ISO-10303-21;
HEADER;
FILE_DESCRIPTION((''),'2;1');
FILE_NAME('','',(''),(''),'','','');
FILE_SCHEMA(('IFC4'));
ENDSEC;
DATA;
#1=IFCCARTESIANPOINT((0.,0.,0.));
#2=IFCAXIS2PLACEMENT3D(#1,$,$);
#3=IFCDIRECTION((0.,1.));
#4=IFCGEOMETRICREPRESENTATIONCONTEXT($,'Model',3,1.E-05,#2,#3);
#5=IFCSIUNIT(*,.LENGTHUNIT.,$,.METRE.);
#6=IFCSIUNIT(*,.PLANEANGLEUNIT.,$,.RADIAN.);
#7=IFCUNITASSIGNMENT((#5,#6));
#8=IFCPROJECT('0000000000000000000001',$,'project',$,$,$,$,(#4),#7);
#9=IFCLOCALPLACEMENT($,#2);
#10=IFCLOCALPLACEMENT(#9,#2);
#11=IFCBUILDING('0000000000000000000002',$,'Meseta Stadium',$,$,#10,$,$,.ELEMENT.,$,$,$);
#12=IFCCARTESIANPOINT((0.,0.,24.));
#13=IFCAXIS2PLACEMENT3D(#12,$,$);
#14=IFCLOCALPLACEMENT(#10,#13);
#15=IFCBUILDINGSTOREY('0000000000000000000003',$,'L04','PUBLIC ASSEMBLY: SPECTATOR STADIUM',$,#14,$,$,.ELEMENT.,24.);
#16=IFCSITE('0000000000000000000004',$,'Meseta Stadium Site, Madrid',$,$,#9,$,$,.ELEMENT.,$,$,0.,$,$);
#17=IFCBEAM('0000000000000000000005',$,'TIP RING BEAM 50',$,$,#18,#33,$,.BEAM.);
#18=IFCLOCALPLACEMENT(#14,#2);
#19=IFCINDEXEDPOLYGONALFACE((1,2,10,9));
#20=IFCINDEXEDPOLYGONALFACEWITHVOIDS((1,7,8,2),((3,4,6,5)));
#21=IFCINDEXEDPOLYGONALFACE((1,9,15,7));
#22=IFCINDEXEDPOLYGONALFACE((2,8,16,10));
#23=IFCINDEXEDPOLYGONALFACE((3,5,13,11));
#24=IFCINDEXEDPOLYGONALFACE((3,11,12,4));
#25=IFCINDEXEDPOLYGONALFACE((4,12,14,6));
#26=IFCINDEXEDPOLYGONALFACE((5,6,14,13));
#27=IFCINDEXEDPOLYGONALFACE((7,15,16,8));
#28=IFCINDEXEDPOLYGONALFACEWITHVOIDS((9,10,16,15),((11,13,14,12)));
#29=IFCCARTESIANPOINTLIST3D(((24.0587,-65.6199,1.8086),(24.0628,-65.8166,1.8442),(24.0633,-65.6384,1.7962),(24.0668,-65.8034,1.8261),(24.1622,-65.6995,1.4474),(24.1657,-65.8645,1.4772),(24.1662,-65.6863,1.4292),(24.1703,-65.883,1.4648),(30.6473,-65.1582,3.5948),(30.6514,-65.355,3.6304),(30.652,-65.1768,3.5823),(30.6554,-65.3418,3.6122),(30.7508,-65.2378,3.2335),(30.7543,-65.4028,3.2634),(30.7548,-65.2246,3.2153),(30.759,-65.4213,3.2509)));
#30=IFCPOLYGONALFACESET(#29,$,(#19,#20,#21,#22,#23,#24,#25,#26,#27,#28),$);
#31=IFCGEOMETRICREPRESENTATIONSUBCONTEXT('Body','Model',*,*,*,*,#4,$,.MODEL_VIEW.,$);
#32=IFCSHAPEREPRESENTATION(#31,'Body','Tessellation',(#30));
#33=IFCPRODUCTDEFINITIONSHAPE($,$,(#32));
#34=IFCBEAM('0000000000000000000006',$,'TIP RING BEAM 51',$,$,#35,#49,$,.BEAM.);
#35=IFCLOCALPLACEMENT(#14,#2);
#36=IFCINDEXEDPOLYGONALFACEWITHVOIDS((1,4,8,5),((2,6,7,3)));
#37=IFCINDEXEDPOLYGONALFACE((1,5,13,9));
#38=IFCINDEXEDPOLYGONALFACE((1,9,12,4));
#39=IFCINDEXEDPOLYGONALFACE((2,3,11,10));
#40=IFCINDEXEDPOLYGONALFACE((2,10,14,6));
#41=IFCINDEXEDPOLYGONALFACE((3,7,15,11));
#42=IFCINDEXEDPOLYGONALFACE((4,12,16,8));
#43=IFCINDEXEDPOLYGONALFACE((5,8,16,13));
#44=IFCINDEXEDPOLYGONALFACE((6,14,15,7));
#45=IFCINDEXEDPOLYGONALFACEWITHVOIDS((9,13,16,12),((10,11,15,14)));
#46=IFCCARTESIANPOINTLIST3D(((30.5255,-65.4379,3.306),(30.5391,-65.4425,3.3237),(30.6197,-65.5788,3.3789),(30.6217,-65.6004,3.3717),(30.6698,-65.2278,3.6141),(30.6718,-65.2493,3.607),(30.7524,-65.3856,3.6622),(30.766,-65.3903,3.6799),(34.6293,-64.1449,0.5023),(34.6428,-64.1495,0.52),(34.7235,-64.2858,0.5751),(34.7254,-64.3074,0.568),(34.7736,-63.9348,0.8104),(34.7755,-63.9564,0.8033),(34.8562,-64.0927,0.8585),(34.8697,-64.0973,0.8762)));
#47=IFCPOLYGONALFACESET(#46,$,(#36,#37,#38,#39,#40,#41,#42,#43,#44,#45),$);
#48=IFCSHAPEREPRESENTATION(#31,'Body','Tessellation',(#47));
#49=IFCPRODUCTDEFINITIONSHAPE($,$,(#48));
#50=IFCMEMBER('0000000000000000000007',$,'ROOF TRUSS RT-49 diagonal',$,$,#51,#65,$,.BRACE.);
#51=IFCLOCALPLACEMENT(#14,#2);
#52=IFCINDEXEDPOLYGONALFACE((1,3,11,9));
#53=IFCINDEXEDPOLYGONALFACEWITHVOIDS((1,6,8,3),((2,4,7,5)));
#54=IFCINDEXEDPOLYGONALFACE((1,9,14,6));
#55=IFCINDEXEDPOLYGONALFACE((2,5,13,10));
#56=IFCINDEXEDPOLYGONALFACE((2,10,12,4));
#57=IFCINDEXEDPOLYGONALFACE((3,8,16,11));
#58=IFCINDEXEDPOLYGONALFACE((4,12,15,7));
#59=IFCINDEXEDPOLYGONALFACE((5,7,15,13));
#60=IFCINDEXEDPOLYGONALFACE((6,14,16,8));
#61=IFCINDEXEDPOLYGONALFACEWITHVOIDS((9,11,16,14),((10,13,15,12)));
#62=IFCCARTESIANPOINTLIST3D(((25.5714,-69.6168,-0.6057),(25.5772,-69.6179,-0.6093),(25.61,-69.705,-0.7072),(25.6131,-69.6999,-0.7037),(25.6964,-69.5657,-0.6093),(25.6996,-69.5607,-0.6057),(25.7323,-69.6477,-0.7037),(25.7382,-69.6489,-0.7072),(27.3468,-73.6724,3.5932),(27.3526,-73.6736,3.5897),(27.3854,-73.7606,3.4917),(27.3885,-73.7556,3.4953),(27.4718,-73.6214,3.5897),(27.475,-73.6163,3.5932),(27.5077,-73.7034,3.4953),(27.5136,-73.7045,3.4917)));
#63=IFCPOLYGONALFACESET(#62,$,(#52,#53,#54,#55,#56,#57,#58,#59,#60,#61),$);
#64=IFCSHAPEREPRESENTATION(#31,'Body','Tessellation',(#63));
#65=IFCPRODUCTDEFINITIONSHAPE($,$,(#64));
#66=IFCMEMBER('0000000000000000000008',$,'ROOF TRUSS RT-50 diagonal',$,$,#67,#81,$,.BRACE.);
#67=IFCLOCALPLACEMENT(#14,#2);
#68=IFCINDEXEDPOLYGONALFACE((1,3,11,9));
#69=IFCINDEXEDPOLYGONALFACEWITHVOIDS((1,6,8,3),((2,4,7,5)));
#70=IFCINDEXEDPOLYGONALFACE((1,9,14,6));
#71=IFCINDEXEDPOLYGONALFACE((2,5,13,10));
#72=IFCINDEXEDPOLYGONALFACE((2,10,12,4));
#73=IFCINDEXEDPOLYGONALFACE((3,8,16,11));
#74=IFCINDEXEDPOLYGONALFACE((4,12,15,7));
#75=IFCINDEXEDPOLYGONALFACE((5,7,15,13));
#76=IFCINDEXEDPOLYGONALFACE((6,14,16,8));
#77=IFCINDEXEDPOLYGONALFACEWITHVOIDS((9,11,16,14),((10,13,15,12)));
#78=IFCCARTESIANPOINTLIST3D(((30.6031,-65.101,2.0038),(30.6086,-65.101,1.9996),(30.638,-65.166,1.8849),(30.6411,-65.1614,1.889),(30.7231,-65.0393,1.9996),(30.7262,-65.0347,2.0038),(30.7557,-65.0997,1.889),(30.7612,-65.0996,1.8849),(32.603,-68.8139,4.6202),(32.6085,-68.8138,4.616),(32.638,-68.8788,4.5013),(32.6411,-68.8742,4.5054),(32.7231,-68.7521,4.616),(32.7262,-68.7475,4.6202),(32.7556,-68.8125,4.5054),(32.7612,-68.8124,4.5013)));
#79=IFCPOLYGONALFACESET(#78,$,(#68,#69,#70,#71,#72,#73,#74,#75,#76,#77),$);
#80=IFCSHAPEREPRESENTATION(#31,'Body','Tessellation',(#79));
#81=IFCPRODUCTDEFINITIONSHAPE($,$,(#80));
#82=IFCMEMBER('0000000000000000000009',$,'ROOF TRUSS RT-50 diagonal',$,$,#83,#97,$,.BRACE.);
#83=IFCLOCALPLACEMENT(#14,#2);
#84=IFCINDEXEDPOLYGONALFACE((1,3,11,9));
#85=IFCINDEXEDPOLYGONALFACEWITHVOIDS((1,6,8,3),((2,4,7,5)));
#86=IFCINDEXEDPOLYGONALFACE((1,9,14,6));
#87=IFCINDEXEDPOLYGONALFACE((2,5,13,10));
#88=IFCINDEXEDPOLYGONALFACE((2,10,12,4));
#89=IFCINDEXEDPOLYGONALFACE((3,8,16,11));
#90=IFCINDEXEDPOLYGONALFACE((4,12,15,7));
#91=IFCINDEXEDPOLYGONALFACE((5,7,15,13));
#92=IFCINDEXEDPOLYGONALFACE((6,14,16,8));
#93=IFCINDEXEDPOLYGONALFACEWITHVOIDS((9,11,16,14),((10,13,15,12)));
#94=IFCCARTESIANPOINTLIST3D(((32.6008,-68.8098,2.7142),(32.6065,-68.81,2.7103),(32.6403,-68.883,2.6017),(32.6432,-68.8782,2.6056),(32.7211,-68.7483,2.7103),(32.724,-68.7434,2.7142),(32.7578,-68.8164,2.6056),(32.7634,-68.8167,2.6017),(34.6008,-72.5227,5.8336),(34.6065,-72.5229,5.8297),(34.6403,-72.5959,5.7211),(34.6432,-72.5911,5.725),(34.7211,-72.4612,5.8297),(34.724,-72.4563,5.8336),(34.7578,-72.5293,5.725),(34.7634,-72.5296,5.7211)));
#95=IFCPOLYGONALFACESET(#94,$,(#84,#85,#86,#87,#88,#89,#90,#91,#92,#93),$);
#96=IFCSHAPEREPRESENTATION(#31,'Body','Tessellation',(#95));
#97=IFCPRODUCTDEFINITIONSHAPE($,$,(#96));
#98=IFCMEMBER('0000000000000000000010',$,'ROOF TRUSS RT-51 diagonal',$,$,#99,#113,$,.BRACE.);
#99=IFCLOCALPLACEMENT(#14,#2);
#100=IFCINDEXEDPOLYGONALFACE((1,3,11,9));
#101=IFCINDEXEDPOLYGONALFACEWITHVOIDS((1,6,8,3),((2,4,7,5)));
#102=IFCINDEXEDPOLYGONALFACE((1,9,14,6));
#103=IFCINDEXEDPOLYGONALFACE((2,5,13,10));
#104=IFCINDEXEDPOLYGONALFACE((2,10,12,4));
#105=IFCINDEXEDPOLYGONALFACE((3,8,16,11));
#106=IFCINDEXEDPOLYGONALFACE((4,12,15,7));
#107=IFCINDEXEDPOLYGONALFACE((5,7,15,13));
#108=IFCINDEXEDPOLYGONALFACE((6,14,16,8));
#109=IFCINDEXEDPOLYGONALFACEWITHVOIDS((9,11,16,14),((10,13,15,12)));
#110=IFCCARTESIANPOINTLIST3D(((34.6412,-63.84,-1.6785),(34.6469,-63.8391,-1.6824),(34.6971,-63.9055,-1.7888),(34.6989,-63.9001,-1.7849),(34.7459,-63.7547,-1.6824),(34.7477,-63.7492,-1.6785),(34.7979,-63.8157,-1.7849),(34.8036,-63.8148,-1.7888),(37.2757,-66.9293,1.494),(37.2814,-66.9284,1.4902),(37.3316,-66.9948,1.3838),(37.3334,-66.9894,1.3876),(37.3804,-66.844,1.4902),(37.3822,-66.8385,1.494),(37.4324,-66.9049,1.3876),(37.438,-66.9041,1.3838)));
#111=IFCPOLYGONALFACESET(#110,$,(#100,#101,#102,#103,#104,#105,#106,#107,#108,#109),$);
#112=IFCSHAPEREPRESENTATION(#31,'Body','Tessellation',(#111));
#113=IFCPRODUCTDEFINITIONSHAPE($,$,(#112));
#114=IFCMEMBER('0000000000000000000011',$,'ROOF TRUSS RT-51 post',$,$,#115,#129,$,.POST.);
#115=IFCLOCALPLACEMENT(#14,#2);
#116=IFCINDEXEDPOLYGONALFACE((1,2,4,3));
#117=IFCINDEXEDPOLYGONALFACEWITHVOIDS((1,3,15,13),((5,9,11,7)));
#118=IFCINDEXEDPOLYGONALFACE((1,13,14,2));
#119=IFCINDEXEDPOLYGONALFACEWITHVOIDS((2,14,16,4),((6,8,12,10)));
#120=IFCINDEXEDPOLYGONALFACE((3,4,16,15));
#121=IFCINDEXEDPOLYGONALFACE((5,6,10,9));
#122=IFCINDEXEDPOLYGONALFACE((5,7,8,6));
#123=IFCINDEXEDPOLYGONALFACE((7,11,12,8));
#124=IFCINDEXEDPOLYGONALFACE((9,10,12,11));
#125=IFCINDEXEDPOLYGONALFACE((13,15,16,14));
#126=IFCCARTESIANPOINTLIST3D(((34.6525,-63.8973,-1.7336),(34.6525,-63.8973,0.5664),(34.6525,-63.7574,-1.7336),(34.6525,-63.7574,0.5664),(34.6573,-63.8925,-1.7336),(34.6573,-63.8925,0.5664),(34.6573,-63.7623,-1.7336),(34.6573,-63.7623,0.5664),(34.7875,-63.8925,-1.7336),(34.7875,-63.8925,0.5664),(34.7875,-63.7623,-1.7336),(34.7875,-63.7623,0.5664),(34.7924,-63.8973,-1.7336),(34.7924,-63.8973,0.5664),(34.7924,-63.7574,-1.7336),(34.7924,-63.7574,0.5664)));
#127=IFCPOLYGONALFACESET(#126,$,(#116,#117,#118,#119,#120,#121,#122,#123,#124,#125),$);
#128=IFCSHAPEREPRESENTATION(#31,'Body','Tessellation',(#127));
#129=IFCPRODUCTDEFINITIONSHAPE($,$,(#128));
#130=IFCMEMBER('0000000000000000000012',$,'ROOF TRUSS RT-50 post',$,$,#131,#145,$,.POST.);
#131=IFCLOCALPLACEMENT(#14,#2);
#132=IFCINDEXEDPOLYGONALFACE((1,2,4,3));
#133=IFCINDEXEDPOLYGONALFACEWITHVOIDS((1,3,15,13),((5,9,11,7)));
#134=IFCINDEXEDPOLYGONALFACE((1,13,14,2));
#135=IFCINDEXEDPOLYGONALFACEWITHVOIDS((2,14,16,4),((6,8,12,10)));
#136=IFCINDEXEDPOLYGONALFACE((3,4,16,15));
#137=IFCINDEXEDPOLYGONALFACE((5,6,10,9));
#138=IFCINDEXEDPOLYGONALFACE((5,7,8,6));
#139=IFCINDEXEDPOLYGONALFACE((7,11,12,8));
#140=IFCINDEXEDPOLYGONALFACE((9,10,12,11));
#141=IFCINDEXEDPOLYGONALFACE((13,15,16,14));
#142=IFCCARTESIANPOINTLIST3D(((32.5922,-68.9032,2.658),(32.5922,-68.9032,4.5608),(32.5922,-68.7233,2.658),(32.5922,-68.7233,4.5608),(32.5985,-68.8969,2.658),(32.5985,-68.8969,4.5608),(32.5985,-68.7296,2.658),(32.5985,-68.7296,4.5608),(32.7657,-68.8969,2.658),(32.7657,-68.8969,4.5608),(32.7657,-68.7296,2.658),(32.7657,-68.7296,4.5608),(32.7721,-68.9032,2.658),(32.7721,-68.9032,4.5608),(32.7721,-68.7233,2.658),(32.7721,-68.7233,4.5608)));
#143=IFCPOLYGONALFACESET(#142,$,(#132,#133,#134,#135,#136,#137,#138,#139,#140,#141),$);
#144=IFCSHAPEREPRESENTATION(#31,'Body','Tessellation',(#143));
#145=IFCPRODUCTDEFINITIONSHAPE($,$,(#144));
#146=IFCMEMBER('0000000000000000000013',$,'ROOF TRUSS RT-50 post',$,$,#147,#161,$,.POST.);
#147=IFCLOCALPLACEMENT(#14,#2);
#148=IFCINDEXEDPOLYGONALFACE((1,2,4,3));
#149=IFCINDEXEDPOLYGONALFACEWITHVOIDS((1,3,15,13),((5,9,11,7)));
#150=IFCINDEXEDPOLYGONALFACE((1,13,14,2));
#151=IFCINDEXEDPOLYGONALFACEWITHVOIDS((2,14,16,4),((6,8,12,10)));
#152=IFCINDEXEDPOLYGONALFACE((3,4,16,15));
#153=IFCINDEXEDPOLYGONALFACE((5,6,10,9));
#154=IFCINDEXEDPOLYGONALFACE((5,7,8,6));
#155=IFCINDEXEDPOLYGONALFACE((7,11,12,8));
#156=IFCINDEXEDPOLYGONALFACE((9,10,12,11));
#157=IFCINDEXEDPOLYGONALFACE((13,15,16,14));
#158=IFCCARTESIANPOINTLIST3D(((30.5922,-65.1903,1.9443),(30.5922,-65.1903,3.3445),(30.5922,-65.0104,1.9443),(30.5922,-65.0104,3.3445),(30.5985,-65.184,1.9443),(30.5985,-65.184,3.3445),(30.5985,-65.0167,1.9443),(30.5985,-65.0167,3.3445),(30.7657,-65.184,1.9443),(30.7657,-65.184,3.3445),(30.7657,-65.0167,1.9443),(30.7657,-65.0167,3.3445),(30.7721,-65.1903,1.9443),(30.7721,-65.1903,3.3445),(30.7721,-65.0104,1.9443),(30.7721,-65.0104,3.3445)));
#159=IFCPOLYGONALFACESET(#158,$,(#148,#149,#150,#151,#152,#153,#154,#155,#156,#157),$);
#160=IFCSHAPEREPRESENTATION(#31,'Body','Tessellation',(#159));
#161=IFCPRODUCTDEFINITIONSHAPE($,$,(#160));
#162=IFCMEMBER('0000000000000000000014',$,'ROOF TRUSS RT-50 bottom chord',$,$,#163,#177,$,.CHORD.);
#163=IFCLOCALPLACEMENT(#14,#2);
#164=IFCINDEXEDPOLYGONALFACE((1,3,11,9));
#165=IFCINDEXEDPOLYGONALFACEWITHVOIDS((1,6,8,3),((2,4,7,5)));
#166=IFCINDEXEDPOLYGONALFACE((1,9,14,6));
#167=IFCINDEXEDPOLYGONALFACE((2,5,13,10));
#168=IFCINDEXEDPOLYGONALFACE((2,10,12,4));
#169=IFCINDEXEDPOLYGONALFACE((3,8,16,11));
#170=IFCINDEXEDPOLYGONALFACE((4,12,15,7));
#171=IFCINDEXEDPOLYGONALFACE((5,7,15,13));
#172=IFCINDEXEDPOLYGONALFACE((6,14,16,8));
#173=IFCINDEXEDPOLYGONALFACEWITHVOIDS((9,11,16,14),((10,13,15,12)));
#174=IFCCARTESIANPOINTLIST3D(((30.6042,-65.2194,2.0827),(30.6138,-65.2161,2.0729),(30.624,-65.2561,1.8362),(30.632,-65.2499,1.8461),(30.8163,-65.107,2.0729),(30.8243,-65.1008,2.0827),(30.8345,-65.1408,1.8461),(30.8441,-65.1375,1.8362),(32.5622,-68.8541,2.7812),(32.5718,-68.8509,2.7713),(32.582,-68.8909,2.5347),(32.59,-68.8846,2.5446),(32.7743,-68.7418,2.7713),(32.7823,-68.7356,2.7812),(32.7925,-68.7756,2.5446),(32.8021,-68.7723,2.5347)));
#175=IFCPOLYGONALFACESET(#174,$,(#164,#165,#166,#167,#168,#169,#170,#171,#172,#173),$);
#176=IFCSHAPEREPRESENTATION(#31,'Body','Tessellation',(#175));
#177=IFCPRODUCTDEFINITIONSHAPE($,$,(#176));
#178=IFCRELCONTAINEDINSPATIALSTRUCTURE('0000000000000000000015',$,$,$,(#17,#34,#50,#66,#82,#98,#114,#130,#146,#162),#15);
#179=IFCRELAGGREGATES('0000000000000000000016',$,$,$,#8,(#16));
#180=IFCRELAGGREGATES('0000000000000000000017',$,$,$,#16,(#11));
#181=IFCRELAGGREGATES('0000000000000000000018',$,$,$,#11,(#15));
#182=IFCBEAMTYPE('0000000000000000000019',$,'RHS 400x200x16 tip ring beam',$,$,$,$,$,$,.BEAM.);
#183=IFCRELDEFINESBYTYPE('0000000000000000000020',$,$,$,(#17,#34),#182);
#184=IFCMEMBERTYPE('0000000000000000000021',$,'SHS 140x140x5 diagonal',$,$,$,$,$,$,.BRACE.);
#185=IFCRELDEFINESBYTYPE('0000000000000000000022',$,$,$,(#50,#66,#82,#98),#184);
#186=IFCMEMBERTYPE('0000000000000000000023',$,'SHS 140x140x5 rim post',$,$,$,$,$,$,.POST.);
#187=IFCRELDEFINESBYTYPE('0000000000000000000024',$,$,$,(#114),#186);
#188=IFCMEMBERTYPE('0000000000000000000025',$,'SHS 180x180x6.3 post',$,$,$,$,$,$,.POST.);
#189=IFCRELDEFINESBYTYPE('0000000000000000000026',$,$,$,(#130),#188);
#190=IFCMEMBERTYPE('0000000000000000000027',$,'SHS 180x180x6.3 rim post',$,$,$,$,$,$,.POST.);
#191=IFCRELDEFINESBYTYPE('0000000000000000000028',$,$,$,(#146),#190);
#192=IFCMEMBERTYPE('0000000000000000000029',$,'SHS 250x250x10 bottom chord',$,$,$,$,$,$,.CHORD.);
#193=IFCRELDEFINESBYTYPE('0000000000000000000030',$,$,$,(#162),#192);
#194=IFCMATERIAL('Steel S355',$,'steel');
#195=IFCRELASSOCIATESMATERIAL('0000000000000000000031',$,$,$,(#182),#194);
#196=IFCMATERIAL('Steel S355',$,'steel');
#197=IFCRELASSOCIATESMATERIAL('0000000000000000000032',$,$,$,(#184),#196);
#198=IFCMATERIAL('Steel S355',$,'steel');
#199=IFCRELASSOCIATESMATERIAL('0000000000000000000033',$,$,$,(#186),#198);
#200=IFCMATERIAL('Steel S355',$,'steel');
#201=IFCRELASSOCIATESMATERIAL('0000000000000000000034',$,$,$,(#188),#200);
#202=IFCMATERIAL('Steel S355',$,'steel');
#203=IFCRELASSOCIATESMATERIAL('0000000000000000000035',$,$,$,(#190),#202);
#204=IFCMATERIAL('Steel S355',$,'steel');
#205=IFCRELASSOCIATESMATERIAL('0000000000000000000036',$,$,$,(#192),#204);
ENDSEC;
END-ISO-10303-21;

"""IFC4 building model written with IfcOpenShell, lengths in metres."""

from ifc_helpers import new_model, si_unit, direction, frame, origin, origin_2d, place, context, subcontext, project, spatial, hollow_rectangle, extrude, material, material_profile, profile_set, type_object, element, save


model = new_model("IFC4")

# Units and contexts
model_context = context("Model", 3, precision=1e-05, world=origin(), true_north=direction((0.0, 1.0)))
body_context = subcontext(model_context, "Body", "Model", "MODEL_VIEW")
ifc_project = project(units=[si_unit("LENGTHUNIT", "METRE"), si_unit("PLANEANGLEUNIT", "RADIAN")], contexts=[model_context])

# Site, building, storey
site_placement = place(None, origin())
site = spatial("IfcSite", under=ifc_project, at=site_placement, Name="Meseta Stadium Site, Madrid", CompositionType="ELEMENT", RefElevation=0.0)
building_placement = place(site_placement, origin())
building = spatial("IfcBuilding", under=site, at=building_placement, Name="Meseta Stadium", CompositionType="ELEMENT")
storey_placement = place(building_placement, frame((0.0, 0.0, 24.0)))
storey = spatial("IfcBuildingStorey", under=building, at=storey_placement, Name="L04", Description="PUBLIC ASSEMBLY: SPECTATOR STADIUM", CompositionType="ELEMENT", Elevation=24.0)

# Beams
ifc_material_1 = material(Name="Steel S355", Category="steel")
ifc_material_profile_1 = material_profile(ifc_material_1, hollow_rectangle(XDim=0.2, YDim=0.3999, WallThickness=0.0161, at=origin_2d()), Name="RHS 400x200x16")
ifc_profile_set_1 = profile_set([ifc_material_profile_1], Name="Steel S355")
beam_type = type_object("IfcBeamType", Name="RHS 400x200x16 tip ring beam", PredefinedType="BEAM", material=ifc_profile_set_1)
beam_1_placement = place(storey_placement, frame((24.1145, -65.7515, 1.6367), z_axis=(0.962963, 0.067476, 0.261053), x_axis=(-0.020676, 0.983809, -0.178022)))
element("IfcBeam", 1, at=beam_1_placement, inside=storey, type_object=beam_type, Name="TIP RING BEAM 50", PredefinedType="BEAM", context=body_context, shape_type="SweptSolid", body=[
    extrude(hollow_rectangle(XDim=0.2, YDim=0.3999, WallThickness=0.0161, at=origin_2d()), origin(), (0.0, 0.0, 1.0), 6.842),
])
beam_2_placement = place(storey_placement, frame((30.6458, -65.4141, 3.4929), z_axis=(0.799096, 0.251771, -0.545947), x_axis=(-0.480828, 0.812764, -0.328966)))
element("IfcBeam", 2, at=beam_2_placement, inside=storey, type_object=beam_type, Name="TIP RING BEAM 51", PredefinedType="BEAM", context=body_context, shape_type="SweptSolid", body=[
    extrude(hollow_rectangle(XDim=0.2, YDim=0.3999, WallThickness=0.0161, at=origin_2d()), origin(), (0.0, 0.0, 1.0), 5.1355),
])

# Members
ifc_material_2 = material(Name="Steel S355", Category="steel")
ifc_material_profile_2 = material_profile(ifc_material_2, hollow_rectangle(XDim=0.1399, YDim=0.1399, WallThickness=0.0049, at=origin_2d()), Name="SHS 140x140x5")
ifc_profile_set_2 = profile_set([ifc_material_profile_2], Name="Steel S355")
member_type_1 = type_object("IfcMemberType", Name="SHS 140x140x5 diagonal", PredefinedType="BRACE", material=ifc_profile_set_2)
member_1_placement = place(storey_placement, frame((25.6548, -69.6328, -0.6565), z_axis=(0.290962, -0.664668, 0.688155), x_axis=(0.916071, 0.401016, 0.0)))
element("IfcMember", 3, at=member_1_placement, inside=storey, type_object=member_type_1, Name="ROOF TRUSS RT-49 diagonal", PredefinedType="BRACE", context=body_context, shape_type="SweptSolid", body=[
    extrude(hollow_rectangle(XDim=0.1399, YDim=0.1399, WallThickness=0.0049, at=origin_2d()), origin(), (0.0, 0.0, 1.0), 6.1018),
])
member_2_placement = place(storey_placement, frame((30.6821, -65.1003, 1.9443), z_axis=(0.402982, -0.748114, 0.527192), x_axis=(0.880397, 0.474238, 0.0)))
element("IfcMember", 4, at=member_2_placement, inside=storey, type_object=member_type_1, Name="ROOF TRUSS RT-50 diagonal", PredefinedType="BRACE", context=body_context, shape_type="SweptSolid", body=[
    extrude(hollow_rectangle(XDim=0.1399, YDim=0.1399, WallThickness=0.0049, at=origin_2d()), origin(), (0.0, 0.0, 1.0), 4.9629),
])
member_3_placement = place(storey_placement, frame((32.6821, -68.8132, 2.658), z_axis=(0.381273, -0.707813, 0.594669), x_axis=(0.880397, 0.474238, 0.0)))
element("IfcMember", 5, at=member_3_placement, inside=storey, type_object=member_type_1, Name="ROOF TRUSS RT-50 diagonal", PredefinedType="BRACE", context=body_context, shape_type="SweptSolid", body=[
    extrude(hollow_rectangle(XDim=0.1399, YDim=0.1399, WallThickness=0.0049, at=origin_2d()), origin(), (0.0, 0.0, 1.0), 5.2456),
])
member_4_placement = place(storey_placement, frame((34.7224, -63.8274, -1.7336), z_axis=(0.51129, -0.599561, 0.615718), x_axis=(0.760897, 0.648873, 0.0)))
element("IfcMember", 6, at=member_4_placement, inside=storey, type_object=member_type_1, Name="ROOF TRUSS RT-51 diagonal", PredefinedType="BRACE", context=body_context, shape_type="SweptSolid", body=[
    extrude(hollow_rectangle(XDim=0.1399, YDim=0.1399, WallThickness=0.0049, at=origin_2d()), origin(), (0.0, 0.0, 1.0), 5.1526),
])
ifc_material_3 = material(Name="Steel S355", Category="steel")
ifc_material_profile_3 = material_profile(ifc_material_3, hollow_rectangle(XDim=0.1399, YDim=0.1399, WallThickness=0.0049, at=origin_2d()), Name="SHS 140x140x5")
ifc_profile_set_3 = profile_set([ifc_material_profile_3], Name="Steel S355")
member_type_2 = type_object("IfcMemberType", Name="SHS 140x140x5 rim post", PredefinedType="POST", material=ifc_profile_set_3)
member_5_placement = place(storey_placement, frame((34.7224, -63.8274, -1.7336), z_axis=(0.0, 0.0, 1.0), x_axis=(1.0, 0.0, 0.0)))
element("IfcMember", 7, at=member_5_placement, inside=storey, type_object=member_type_2, Name="ROOF TRUSS RT-51 post", PredefinedType="POST", context=body_context, shape_type="SweptSolid", body=[
    extrude(hollow_rectangle(XDim=0.1399, YDim=0.1399, WallThickness=0.0049, at=origin_2d()), origin(), (0.0, 0.0, 1.0), 2.3),
])
ifc_material_4 = material(Name="Steel S355", Category="steel")
ifc_material_profile_4 = material_profile(ifc_material_4, hollow_rectangle(XDim=0.1799, YDim=0.1799, WallThickness=0.0063, at=origin_2d()), Name="SHS 180x180x6.3")
ifc_profile_set_4 = profile_set([ifc_material_profile_4], Name="Steel S355")
member_type_3 = type_object("IfcMemberType", Name="SHS 180x180x6.3 post", PredefinedType="POST", material=ifc_profile_set_4)
member_6_placement = place(storey_placement, frame((32.6821, -68.8132, 2.658), z_axis=(0.0, 0.0, 1.0), x_axis=(1.0, 0.0, 0.0)))
element("IfcMember", 8, at=member_6_placement, inside=storey, type_object=member_type_3, Name="ROOF TRUSS RT-50 post", PredefinedType="POST", context=body_context, shape_type="SweptSolid", body=[
    extrude(hollow_rectangle(XDim=0.1799, YDim=0.1799, WallThickness=0.0063, at=origin_2d()), origin(), (0.0, 0.0, 1.0), 1.9028),
])
ifc_material_5 = material(Name="Steel S355", Category="steel")
ifc_material_profile_5 = material_profile(ifc_material_5, hollow_rectangle(XDim=0.1799, YDim=0.1799, WallThickness=0.0063, at=origin_2d()), Name="SHS 180x180x6.3")
ifc_profile_set_5 = profile_set([ifc_material_profile_5], Name="Steel S355")
member_type_4 = type_object("IfcMemberType", Name="SHS 180x180x6.3 rim post", PredefinedType="POST", material=ifc_profile_set_5)
member_7_placement = place(storey_placement, frame((30.6821, -65.1003, 1.9443), z_axis=(0.0, 0.0, 1.0), x_axis=(1.0, 0.0, 0.0)))
element("IfcMember", 9, at=member_7_placement, inside=storey, type_object=member_type_4, Name="ROOF TRUSS RT-50 post", PredefinedType="POST", context=body_context, shape_type="SweptSolid", body=[
    extrude(hollow_rectangle(XDim=0.1799, YDim=0.1799, WallThickness=0.0063, at=origin_2d()), origin(), (0.0, 0.0, 1.0), 1.4001),
])
ifc_material_6 = material(Name="Steel S355", Category="steel")
ifc_material_profile_6 = material_profile(ifc_material_6, hollow_rectangle(XDim=0.25, YDim=0.25, WallThickness=0.01, at=origin_2d()), Name="SHS 250x250x10")
ifc_profile_set_6 = profile_set([ifc_material_profile_6], Name="Steel S355")
member_type_5 = type_object("IfcMemberType", Name="SHS 250x250x10 bottom chord", PredefinedType="CHORD", material=ifc_profile_set_6)
member_8_placement = place(storey_placement, frame((30.7241, -65.1785, 1.9595), z_axis=(0.46761, -0.868052, 0.166812), x_axis=(0.880388, 0.474255, 0.0)))
element("IfcMember", 10, at=member_8_placement, inside=storey, type_object=member_type_5, Name="ROOF TRUSS RT-50 bottom chord", PredefinedType="CHORD", context=body_context, shape_type="SweptSolid", body=[
    extrude(hollow_rectangle(XDim=0.25, YDim=0.25, WallThickness=0.01, at=origin_2d()), origin(), (0.0, 0.0, 1.0), 4.1873),
])

save(model, "model.ifc")
